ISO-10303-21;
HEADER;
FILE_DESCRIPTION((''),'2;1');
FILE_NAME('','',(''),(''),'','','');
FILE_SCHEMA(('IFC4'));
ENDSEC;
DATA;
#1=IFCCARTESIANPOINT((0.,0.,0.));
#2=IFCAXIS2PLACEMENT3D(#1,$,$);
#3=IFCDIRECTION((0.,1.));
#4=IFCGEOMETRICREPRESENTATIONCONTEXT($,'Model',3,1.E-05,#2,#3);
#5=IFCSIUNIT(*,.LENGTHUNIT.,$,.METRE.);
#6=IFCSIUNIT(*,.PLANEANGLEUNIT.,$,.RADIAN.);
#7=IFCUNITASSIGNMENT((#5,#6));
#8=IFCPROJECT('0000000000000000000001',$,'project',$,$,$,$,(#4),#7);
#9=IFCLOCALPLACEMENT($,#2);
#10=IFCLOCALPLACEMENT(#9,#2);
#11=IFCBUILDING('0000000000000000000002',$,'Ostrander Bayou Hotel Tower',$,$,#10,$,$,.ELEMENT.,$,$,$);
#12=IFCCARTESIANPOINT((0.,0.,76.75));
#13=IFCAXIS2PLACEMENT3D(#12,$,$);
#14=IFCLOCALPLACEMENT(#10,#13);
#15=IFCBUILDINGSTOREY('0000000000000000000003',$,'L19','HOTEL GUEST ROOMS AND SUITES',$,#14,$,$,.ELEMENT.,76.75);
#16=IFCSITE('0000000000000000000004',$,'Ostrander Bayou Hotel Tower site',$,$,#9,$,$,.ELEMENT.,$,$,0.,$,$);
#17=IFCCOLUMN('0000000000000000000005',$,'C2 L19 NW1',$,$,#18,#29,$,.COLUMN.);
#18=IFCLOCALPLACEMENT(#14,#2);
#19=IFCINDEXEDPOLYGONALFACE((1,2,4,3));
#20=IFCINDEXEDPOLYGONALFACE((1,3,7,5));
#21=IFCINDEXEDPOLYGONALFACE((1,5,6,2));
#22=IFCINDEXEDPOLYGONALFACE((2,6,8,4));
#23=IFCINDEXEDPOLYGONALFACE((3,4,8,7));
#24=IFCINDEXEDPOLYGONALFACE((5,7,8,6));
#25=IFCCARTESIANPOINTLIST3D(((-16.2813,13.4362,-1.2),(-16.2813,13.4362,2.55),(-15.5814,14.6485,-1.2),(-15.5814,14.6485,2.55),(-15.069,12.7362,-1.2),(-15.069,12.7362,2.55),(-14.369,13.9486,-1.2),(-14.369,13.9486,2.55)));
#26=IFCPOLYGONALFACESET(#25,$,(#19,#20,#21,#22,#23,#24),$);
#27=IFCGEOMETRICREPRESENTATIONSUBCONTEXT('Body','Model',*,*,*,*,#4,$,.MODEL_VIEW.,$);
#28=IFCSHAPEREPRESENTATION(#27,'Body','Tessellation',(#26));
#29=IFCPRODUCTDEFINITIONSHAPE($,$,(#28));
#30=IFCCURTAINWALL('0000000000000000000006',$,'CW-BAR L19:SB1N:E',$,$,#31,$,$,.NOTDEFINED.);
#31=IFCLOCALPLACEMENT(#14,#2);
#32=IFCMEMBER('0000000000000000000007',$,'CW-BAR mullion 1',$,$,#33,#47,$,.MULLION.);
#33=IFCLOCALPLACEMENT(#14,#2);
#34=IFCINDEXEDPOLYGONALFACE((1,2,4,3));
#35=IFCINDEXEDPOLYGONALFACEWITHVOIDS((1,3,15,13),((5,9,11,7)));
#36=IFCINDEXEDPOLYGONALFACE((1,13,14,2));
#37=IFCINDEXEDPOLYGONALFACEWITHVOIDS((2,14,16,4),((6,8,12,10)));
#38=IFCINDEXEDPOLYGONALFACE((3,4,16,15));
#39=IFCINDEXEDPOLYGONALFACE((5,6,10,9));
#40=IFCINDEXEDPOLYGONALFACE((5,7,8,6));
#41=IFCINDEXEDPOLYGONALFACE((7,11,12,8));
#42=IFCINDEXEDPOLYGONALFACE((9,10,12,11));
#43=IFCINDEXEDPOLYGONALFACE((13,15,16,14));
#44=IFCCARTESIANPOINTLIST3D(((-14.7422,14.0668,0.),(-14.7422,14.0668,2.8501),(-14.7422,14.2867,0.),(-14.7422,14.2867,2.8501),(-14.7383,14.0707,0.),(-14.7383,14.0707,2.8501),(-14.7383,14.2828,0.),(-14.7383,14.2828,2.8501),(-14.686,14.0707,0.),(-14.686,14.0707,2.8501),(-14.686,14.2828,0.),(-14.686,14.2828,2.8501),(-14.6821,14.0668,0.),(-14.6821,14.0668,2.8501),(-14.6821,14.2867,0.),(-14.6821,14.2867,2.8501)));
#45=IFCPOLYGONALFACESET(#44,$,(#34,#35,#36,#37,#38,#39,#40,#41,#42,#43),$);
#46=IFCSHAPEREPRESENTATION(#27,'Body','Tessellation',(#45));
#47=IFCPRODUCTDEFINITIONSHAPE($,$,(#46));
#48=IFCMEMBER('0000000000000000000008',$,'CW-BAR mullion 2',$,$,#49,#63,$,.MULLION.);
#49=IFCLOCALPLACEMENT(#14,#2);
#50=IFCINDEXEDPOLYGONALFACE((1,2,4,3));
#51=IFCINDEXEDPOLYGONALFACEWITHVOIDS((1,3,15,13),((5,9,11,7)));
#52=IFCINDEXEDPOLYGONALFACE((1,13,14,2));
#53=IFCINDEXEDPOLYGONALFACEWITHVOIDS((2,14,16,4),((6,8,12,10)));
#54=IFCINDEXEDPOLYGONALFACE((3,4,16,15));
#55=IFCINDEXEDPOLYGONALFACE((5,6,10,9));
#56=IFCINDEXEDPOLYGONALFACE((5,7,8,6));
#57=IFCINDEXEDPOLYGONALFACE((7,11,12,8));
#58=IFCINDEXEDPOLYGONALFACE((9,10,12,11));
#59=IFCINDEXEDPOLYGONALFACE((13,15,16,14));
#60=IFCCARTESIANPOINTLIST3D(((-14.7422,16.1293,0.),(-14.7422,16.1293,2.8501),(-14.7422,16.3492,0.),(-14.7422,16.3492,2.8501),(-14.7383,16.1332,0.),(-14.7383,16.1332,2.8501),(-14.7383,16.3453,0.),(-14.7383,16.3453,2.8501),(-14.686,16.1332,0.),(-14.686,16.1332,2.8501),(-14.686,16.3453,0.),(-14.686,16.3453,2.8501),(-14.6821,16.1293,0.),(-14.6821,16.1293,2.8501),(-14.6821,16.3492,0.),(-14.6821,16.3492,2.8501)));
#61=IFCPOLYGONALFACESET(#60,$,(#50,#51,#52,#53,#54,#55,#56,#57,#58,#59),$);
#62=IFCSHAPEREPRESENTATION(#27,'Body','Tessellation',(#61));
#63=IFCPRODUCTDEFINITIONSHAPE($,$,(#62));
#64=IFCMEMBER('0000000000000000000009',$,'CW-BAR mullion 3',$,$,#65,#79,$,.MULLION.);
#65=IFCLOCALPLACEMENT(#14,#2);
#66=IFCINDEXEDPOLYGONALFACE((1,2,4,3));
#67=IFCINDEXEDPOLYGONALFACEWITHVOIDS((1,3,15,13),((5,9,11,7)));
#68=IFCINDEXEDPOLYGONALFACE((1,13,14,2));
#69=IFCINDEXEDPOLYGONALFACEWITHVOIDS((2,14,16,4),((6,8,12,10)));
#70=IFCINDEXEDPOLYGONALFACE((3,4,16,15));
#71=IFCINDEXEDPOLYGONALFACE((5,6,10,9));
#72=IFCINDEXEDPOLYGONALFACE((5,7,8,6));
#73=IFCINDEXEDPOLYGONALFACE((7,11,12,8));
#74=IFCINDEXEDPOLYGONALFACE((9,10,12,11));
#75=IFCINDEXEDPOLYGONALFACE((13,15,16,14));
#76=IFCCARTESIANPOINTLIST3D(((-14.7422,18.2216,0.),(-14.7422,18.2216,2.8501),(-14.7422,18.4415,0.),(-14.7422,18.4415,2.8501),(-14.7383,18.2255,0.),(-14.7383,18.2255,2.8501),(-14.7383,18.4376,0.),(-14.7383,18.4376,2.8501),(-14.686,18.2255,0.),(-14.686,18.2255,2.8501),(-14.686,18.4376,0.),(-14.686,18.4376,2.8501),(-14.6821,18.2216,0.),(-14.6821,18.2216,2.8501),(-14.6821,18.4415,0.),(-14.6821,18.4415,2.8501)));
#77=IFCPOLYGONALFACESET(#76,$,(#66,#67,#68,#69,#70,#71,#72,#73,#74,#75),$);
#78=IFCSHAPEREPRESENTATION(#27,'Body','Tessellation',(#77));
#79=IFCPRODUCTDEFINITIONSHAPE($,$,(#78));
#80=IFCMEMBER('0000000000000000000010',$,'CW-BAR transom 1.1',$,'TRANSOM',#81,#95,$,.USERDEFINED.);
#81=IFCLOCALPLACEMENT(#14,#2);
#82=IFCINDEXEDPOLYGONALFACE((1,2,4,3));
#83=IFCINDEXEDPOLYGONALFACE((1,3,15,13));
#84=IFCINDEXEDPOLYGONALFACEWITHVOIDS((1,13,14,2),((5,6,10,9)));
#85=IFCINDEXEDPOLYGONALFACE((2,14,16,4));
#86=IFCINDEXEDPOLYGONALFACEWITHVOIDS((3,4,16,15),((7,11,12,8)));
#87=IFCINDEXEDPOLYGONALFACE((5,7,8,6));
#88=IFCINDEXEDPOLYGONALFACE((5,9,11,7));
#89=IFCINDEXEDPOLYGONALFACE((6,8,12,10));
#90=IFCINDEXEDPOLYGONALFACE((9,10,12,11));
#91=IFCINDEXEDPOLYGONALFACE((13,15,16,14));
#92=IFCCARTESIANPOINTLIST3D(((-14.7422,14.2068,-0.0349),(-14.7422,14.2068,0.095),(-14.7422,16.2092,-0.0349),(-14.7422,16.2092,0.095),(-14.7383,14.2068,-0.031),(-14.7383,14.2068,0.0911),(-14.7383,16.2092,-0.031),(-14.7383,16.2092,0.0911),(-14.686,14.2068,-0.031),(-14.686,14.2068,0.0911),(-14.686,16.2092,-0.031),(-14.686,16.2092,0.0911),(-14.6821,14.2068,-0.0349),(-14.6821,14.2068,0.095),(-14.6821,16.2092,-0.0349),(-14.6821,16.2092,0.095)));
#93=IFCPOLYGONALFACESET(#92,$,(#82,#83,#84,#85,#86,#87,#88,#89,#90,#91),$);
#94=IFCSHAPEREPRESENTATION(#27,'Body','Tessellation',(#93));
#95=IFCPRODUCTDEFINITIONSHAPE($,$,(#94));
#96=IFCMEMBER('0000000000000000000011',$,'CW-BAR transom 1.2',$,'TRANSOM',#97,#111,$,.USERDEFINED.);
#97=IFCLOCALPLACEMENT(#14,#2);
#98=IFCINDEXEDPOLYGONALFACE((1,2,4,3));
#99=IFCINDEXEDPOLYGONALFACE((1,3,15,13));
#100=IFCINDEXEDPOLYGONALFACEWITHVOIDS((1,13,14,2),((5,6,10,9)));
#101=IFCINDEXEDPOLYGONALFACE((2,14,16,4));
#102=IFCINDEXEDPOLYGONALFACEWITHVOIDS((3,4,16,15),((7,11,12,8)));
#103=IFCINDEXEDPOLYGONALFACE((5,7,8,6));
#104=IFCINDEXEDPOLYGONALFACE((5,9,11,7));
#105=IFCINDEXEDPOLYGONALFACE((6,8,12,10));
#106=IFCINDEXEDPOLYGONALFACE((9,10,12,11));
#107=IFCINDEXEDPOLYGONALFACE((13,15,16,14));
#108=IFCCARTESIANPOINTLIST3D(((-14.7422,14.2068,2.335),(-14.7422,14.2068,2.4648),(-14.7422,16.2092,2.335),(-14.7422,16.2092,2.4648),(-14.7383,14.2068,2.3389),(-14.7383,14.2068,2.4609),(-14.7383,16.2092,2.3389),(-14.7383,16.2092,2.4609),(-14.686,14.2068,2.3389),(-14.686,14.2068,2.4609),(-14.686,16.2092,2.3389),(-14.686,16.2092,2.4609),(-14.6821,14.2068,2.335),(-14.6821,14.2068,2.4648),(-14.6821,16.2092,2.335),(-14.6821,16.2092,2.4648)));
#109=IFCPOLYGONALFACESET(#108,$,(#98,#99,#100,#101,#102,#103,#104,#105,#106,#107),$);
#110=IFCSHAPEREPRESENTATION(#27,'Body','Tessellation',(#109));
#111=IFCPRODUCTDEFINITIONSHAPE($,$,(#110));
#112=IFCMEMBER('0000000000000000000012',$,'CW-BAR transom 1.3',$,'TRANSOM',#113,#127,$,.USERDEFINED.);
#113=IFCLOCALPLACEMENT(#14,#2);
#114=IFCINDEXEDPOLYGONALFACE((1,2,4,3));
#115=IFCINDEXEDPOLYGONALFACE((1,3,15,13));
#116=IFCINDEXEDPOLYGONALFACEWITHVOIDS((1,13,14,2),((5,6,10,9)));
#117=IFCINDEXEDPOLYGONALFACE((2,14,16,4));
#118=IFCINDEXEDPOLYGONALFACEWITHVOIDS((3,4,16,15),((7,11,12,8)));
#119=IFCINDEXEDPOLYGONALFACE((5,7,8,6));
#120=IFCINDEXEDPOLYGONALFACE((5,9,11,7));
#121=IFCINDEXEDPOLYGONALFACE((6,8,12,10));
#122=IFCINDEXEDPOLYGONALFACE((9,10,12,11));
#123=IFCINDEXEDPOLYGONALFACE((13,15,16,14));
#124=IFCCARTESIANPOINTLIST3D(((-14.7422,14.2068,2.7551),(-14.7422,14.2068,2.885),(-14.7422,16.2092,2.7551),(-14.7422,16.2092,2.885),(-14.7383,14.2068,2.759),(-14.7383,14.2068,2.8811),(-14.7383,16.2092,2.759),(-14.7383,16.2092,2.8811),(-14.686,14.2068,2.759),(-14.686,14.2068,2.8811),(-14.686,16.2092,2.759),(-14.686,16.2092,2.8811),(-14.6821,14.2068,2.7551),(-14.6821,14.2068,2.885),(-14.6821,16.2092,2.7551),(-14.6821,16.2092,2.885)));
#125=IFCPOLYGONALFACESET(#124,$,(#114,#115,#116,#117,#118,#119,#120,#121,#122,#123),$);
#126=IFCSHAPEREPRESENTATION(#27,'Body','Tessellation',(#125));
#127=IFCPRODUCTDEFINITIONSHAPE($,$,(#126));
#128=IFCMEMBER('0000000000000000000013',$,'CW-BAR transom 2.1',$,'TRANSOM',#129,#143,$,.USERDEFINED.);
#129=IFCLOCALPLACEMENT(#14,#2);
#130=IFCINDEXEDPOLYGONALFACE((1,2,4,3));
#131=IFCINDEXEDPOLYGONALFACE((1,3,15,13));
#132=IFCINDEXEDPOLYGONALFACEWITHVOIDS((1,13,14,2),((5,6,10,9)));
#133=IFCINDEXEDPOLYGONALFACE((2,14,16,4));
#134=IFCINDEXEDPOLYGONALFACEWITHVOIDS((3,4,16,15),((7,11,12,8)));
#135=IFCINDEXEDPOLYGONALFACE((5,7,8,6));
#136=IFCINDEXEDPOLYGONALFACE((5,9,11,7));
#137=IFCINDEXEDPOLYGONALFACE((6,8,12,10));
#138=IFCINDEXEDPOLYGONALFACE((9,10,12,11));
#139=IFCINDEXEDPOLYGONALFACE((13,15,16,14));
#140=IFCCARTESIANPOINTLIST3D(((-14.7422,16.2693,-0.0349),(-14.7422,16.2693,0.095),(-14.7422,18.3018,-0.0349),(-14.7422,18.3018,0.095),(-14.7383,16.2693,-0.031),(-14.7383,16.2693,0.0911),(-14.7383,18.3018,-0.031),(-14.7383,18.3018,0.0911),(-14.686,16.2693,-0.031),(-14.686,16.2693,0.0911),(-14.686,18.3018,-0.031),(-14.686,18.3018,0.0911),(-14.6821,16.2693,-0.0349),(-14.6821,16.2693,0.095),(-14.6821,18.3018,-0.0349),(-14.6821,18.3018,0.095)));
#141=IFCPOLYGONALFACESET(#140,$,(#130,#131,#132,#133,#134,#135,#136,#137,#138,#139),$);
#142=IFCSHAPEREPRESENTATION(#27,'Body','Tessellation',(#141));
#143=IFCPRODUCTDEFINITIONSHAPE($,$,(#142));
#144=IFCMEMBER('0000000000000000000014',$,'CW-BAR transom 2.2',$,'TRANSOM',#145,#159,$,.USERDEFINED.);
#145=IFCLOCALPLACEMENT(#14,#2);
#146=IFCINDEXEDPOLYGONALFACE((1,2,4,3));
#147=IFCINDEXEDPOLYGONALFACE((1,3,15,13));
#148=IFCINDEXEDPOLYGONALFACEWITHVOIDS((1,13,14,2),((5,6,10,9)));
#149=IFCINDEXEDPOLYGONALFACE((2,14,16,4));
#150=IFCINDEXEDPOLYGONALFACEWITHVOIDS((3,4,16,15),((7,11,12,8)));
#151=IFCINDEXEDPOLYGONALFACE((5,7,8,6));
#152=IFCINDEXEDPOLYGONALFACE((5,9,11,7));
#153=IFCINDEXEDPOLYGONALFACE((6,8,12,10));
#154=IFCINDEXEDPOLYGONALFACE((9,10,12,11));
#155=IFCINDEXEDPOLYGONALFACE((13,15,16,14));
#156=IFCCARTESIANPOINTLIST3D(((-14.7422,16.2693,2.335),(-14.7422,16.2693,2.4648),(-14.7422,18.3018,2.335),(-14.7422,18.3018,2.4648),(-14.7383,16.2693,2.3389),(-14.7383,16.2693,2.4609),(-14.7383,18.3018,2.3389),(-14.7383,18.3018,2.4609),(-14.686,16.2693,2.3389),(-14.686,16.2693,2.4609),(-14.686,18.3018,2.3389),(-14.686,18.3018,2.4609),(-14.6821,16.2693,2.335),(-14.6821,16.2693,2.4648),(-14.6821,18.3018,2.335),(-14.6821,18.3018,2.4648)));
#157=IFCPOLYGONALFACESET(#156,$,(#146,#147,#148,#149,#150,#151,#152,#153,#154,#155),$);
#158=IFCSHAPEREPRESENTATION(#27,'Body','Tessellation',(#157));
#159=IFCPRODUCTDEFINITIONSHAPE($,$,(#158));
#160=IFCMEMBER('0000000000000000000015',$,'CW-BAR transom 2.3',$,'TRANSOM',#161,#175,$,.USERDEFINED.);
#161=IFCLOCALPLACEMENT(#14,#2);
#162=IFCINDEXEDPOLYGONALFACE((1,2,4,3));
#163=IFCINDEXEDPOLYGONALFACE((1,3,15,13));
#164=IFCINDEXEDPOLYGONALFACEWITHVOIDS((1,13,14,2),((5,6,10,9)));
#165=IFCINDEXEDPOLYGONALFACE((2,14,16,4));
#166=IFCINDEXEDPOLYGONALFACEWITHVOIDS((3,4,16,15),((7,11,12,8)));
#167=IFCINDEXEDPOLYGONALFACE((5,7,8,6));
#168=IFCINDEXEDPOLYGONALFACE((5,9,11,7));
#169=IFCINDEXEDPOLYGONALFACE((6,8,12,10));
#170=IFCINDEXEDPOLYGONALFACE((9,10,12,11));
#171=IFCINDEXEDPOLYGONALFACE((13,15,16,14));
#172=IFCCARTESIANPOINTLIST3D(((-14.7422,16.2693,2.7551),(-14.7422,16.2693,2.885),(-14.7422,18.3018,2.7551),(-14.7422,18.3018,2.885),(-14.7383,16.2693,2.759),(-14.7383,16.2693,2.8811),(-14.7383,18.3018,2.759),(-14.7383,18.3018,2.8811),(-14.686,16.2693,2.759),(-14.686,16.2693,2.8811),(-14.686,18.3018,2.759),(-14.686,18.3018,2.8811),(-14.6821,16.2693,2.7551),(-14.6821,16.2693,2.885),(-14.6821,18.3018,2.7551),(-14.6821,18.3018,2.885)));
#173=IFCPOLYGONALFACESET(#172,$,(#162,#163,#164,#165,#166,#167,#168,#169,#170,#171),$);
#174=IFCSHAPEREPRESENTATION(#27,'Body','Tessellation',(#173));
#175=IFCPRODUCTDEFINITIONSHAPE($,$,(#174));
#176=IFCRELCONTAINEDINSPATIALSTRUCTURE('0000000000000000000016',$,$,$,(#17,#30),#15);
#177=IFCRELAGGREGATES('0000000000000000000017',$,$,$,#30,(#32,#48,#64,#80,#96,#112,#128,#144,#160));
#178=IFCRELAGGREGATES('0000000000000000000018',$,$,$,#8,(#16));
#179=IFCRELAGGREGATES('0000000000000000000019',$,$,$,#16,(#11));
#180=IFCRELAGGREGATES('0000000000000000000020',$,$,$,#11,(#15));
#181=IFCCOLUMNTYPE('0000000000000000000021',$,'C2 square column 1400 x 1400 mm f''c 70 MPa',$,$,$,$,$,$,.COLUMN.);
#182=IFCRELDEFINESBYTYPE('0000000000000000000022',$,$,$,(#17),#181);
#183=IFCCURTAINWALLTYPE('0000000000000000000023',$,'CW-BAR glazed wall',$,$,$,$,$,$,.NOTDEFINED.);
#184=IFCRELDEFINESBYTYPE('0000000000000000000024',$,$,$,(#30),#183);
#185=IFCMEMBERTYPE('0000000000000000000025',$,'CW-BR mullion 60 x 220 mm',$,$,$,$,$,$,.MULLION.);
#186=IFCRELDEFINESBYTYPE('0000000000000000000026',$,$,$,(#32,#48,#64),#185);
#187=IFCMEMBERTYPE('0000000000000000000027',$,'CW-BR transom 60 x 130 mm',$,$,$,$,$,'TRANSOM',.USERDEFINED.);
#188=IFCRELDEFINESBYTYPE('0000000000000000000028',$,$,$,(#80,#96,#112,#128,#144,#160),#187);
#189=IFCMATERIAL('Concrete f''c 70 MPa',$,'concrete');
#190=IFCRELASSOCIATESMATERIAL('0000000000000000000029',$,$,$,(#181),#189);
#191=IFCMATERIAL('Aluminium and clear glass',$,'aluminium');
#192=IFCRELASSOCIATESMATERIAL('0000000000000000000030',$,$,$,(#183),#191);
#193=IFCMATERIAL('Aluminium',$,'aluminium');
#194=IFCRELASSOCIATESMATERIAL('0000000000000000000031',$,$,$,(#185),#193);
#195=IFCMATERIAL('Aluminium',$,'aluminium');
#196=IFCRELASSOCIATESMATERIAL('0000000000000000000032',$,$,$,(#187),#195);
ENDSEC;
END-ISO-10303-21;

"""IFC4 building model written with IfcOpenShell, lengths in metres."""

from ifc_helpers import new_model, si_unit, direction, frame, origin, origin_2d, place, context, subcontext, project, spatial, rectangle, hollow_rectangle, extrude, material, material_profile, profile_set, type_object, element, aggregate, save


model = new_model("IFC4")

# Units and contexts
model_context = context("Model", 3, precision=1e-05, world=origin(), true_north=direction((0.0, 1.0)))
body_context = subcontext(model_context, "Body", "Model", "MODEL_VIEW")
ifc_project = project(units=[si_unit("LENGTHUNIT", "METRE"), si_unit("PLANEANGLEUNIT", "RADIAN")], contexts=[model_context])

# Site, building, storey
site_placement = place(None, origin())
site = spatial("IfcSite", under=ifc_project, at=site_placement, Name="Ostrander Bayou Hotel Tower site", CompositionType="ELEMENT", RefElevation=0.0)
building_placement = place(site_placement, origin())
building = spatial("IfcBuilding", under=site, at=building_placement, Name="Ostrander Bayou Hotel Tower", CompositionType="ELEMENT")
storey_placement = place(building_placement, frame((0.0, 0.0, 76.75)))
storey = spatial("IfcBuildingStorey", under=building, at=storey_placement, Name="L19", Description="HOTEL GUEST ROOMS AND SUITES", CompositionType="ELEMENT", Elevation=76.75)

# Column
ifc_material_1 = material(Name="Concrete f'c 70 MPa", Category="concrete")
ifc_material_profile_1 = material_profile(ifc_material_1, rectangle(XDim=1.3999, YDim=1.3999, at=origin_2d()))
ifc_profile_set_1 = profile_set([ifc_material_profile_1], Name="Concrete f'c 70 MPa")
column_type = type_object("IfcColumnType", Name="C2 square column 1400 x 1400 mm f'c 70 MPa", PredefinedType="COLUMN", material=ifc_profile_set_1)
column_placement = place(storey_placement, frame((-15.3252, 13.6924, -1.2), z_axis=(0.0, 0.0, 1.0), x_axis=(0.5, 0.866025, 0.0)))
element("IfcColumn", 1, at=column_placement, inside=storey, type_object=column_type, Name="C2 L19 NW1", PredefinedType="COLUMN", context=body_context, shape_type="SweptSolid", body=[
    extrude(rectangle(XDim=1.3999, YDim=1.3999, at=origin_2d()), origin(), (0.0, 0.0, 1.0), 3.75),
])

# Curtain wall, members
ifc_material_2 = material(Name="Aluminium and clear glass", Category="aluminium")
curtain_wall_type = type_object("IfcCurtainWallType", Name="CW-BAR glazed wall", PredefinedType="NOTDEFINED", material=ifc_material_2)
curtain_wall_placement = place(storey_placement, origin())
curtain_wall = element("IfcCurtainWall", 2, at=curtain_wall_placement, inside=storey, type_object=curtain_wall_type, Name="CW-BAR L19:SB1N:E", PredefinedType="NOTDEFINED")
ifc_material_3 = material(Name="Aluminium", Category="aluminium")
ifc_material_profile_2 = material_profile(ifc_material_3, hollow_rectangle(XDim=0.0601, YDim=0.22, WallThickness=0.0039, at=origin_2d()))
ifc_profile_set_2 = profile_set([ifc_material_profile_2], Name="Aluminium")
member_type_1 = type_object("IfcMemberType", Name="CW-BR mullion 60 x 220 mm", PredefinedType="MULLION", material=ifc_profile_set_2)
member_1_placement = place(storey_placement, frame((-14.7122, 14.1768, 0.0), z_axis=(0.0, 0.0, 1.0), x_axis=(-1.0, 0.0, 0.0)))
member_1 = element("IfcMember", 3, at=member_1_placement, type_object=member_type_1, Name="CW-BAR mullion 1", PredefinedType="MULLION", context=body_context, shape_type="SweptSolid", body=[
    extrude(hollow_rectangle(XDim=0.0601, YDim=0.22, WallThickness=0.0039, at=origin_2d()), origin(), (0.0, 0.0, 1.0), 2.8501),
])
member_2_placement = place(storey_placement, frame((-14.7122, 16.2393, 0.0), z_axis=(0.0, 0.0, 1.0), x_axis=(-1.0, 0.0, 0.0)))
member_2 = element("IfcMember", 4, at=member_2_placement, type_object=member_type_1, Name="CW-BAR mullion 2", PredefinedType="MULLION", context=body_context, shape_type="SweptSolid", body=[
    extrude(hollow_rectangle(XDim=0.0601, YDim=0.22, WallThickness=0.0039, at=origin_2d()), origin(), (0.0, 0.0, 1.0), 2.8501),
])
member_3_placement = place(storey_placement, frame((-14.7122, 18.3315, 0.0), z_axis=(0.0, 0.0, 1.0), x_axis=(-1.0, 0.0, 0.0)))
member_3 = element("IfcMember", 5, at=member_3_placement, type_object=member_type_1, Name="CW-BAR mullion 3", PredefinedType="MULLION", context=body_context, shape_type="SweptSolid", body=[
    extrude(hollow_rectangle(XDim=0.0601, YDim=0.22, WallThickness=0.0039, at=origin_2d()), origin(), (0.0, 0.0, 1.0), 2.8501),
])
ifc_material_4 = material(Name="Aluminium", Category="aluminium")
ifc_material_profile_3 = material_profile(ifc_material_4, hollow_rectangle(XDim=0.0601, YDim=0.1299, WallThickness=0.0039, at=origin_2d()))
ifc_profile_set_3 = profile_set([ifc_material_profile_3], Name="Aluminium")
member_type_2 = type_object("IfcMemberType", Name="CW-BR transom 60 x 130 mm", ElementType="TRANSOM", PredefinedType="USERDEFINED", material=ifc_profile_set_3)
member_4_placement = place(storey_placement, frame((-14.7122, 14.2068, 0.03), z_axis=(0.0, 1.0, 0.0), x_axis=(-1.0, 0.0, 0.0)))
member_4 = element("IfcMember", 6, at=member_4_placement, type_object=member_type_2, Name="CW-BAR transom 1.1", ObjectType="TRANSOM", PredefinedType="USERDEFINED", context=body_context, shape_type="SweptSolid", body=[
    extrude(hollow_rectangle(XDim=0.0601, YDim=0.1299, WallThickness=0.0039, at=origin_2d()), origin(), (0.0, 0.0, 1.0), 2.0024),
])
member_5_placement = place(storey_placement, frame((-14.7122, 14.2068, 2.3999), z_axis=(0.0, 1.0, 0.0), x_axis=(-1.0, 0.0, 0.0)))
member_5 = element("IfcMember", 7, at=member_5_placement, type_object=member_type_2, Name="CW-BAR transom 1.2", ObjectType="TRANSOM", PredefinedType="USERDEFINED", context=body_context, shape_type="SweptSolid", body=[
    extrude(hollow_rectangle(XDim=0.0601, YDim=0.1299, WallThickness=0.0039, at=origin_2d()), origin(), (0.0, 0.0, 1.0), 2.0024),
])
member_6_placement = place(storey_placement, frame((-14.7122, 14.2068, 2.8201), z_axis=(0.0, 1.0, 0.0), x_axis=(-1.0, 0.0, 0.0)))
member_6 = element("IfcMember", 8, at=member_6_placement, type_object=member_type_2, Name="CW-BAR transom 1.3", ObjectType="TRANSOM", PredefinedType="USERDEFINED", context=body_context, shape_type="SweptSolid", body=[
    extrude(hollow_rectangle(XDim=0.0601, YDim=0.1299, WallThickness=0.0039, at=origin_2d()), origin(), (0.0, 0.0, 1.0), 2.0024),
])
member_7_placement = place(storey_placement, frame((-14.7122, 16.2693, 0.03), z_axis=(0.0, 1.0, 0.0), x_axis=(-1.0, 0.0, 0.0)))
member_7 = element("IfcMember", 9, at=member_7_placement, type_object=member_type_2, Name="CW-BAR transom 2.1", ObjectType="TRANSOM", PredefinedType="USERDEFINED", context=body_context, shape_type="SweptSolid", body=[
    extrude(hollow_rectangle(XDim=0.0601, YDim=0.1299, WallThickness=0.0039, at=origin_2d()), origin(), (0.0, 0.0, 1.0), 2.0325),
])
member_8_placement = place(storey_placement, frame((-14.7122, 16.2693, 2.3999), z_axis=(0.0, 1.0, 0.0), x_axis=(-1.0, 0.0, 0.0)))
member_8 = element("IfcMember", 10, at=member_8_placement, type_object=member_type_2, Name="CW-BAR transom 2.2", ObjectType="TRANSOM", PredefinedType="USERDEFINED", context=body_context, shape_type="SweptSolid", body=[
    extrude(hollow_rectangle(XDim=0.0601, YDim=0.1299, WallThickness=0.0039, at=origin_2d()), origin(), (0.0, 0.0, 1.0), 2.0325),
])
member_9_placement = place(storey_placement, frame((-14.7122, 16.2693, 2.8201), z_axis=(0.0, 1.0, 0.0), x_axis=(-1.0, 0.0, 0.0)))
member_9 = element("IfcMember", 11, at=member_9_placement, type_object=member_type_2, Name="CW-BAR transom 2.3", ObjectType="TRANSOM", PredefinedType="USERDEFINED", context=body_context, shape_type="SweptSolid", body=[
    extrude(hollow_rectangle(XDim=0.0601, YDim=0.1299, WallThickness=0.0039, at=origin_2d()), origin(), (0.0, 0.0, 1.0), 2.0325),
])

aggregate(curtain_wall, [member_1, member_2, member_3, member_4, member_5, member_6, member_7, member_8, member_9])

save(model, "model.ifc")
